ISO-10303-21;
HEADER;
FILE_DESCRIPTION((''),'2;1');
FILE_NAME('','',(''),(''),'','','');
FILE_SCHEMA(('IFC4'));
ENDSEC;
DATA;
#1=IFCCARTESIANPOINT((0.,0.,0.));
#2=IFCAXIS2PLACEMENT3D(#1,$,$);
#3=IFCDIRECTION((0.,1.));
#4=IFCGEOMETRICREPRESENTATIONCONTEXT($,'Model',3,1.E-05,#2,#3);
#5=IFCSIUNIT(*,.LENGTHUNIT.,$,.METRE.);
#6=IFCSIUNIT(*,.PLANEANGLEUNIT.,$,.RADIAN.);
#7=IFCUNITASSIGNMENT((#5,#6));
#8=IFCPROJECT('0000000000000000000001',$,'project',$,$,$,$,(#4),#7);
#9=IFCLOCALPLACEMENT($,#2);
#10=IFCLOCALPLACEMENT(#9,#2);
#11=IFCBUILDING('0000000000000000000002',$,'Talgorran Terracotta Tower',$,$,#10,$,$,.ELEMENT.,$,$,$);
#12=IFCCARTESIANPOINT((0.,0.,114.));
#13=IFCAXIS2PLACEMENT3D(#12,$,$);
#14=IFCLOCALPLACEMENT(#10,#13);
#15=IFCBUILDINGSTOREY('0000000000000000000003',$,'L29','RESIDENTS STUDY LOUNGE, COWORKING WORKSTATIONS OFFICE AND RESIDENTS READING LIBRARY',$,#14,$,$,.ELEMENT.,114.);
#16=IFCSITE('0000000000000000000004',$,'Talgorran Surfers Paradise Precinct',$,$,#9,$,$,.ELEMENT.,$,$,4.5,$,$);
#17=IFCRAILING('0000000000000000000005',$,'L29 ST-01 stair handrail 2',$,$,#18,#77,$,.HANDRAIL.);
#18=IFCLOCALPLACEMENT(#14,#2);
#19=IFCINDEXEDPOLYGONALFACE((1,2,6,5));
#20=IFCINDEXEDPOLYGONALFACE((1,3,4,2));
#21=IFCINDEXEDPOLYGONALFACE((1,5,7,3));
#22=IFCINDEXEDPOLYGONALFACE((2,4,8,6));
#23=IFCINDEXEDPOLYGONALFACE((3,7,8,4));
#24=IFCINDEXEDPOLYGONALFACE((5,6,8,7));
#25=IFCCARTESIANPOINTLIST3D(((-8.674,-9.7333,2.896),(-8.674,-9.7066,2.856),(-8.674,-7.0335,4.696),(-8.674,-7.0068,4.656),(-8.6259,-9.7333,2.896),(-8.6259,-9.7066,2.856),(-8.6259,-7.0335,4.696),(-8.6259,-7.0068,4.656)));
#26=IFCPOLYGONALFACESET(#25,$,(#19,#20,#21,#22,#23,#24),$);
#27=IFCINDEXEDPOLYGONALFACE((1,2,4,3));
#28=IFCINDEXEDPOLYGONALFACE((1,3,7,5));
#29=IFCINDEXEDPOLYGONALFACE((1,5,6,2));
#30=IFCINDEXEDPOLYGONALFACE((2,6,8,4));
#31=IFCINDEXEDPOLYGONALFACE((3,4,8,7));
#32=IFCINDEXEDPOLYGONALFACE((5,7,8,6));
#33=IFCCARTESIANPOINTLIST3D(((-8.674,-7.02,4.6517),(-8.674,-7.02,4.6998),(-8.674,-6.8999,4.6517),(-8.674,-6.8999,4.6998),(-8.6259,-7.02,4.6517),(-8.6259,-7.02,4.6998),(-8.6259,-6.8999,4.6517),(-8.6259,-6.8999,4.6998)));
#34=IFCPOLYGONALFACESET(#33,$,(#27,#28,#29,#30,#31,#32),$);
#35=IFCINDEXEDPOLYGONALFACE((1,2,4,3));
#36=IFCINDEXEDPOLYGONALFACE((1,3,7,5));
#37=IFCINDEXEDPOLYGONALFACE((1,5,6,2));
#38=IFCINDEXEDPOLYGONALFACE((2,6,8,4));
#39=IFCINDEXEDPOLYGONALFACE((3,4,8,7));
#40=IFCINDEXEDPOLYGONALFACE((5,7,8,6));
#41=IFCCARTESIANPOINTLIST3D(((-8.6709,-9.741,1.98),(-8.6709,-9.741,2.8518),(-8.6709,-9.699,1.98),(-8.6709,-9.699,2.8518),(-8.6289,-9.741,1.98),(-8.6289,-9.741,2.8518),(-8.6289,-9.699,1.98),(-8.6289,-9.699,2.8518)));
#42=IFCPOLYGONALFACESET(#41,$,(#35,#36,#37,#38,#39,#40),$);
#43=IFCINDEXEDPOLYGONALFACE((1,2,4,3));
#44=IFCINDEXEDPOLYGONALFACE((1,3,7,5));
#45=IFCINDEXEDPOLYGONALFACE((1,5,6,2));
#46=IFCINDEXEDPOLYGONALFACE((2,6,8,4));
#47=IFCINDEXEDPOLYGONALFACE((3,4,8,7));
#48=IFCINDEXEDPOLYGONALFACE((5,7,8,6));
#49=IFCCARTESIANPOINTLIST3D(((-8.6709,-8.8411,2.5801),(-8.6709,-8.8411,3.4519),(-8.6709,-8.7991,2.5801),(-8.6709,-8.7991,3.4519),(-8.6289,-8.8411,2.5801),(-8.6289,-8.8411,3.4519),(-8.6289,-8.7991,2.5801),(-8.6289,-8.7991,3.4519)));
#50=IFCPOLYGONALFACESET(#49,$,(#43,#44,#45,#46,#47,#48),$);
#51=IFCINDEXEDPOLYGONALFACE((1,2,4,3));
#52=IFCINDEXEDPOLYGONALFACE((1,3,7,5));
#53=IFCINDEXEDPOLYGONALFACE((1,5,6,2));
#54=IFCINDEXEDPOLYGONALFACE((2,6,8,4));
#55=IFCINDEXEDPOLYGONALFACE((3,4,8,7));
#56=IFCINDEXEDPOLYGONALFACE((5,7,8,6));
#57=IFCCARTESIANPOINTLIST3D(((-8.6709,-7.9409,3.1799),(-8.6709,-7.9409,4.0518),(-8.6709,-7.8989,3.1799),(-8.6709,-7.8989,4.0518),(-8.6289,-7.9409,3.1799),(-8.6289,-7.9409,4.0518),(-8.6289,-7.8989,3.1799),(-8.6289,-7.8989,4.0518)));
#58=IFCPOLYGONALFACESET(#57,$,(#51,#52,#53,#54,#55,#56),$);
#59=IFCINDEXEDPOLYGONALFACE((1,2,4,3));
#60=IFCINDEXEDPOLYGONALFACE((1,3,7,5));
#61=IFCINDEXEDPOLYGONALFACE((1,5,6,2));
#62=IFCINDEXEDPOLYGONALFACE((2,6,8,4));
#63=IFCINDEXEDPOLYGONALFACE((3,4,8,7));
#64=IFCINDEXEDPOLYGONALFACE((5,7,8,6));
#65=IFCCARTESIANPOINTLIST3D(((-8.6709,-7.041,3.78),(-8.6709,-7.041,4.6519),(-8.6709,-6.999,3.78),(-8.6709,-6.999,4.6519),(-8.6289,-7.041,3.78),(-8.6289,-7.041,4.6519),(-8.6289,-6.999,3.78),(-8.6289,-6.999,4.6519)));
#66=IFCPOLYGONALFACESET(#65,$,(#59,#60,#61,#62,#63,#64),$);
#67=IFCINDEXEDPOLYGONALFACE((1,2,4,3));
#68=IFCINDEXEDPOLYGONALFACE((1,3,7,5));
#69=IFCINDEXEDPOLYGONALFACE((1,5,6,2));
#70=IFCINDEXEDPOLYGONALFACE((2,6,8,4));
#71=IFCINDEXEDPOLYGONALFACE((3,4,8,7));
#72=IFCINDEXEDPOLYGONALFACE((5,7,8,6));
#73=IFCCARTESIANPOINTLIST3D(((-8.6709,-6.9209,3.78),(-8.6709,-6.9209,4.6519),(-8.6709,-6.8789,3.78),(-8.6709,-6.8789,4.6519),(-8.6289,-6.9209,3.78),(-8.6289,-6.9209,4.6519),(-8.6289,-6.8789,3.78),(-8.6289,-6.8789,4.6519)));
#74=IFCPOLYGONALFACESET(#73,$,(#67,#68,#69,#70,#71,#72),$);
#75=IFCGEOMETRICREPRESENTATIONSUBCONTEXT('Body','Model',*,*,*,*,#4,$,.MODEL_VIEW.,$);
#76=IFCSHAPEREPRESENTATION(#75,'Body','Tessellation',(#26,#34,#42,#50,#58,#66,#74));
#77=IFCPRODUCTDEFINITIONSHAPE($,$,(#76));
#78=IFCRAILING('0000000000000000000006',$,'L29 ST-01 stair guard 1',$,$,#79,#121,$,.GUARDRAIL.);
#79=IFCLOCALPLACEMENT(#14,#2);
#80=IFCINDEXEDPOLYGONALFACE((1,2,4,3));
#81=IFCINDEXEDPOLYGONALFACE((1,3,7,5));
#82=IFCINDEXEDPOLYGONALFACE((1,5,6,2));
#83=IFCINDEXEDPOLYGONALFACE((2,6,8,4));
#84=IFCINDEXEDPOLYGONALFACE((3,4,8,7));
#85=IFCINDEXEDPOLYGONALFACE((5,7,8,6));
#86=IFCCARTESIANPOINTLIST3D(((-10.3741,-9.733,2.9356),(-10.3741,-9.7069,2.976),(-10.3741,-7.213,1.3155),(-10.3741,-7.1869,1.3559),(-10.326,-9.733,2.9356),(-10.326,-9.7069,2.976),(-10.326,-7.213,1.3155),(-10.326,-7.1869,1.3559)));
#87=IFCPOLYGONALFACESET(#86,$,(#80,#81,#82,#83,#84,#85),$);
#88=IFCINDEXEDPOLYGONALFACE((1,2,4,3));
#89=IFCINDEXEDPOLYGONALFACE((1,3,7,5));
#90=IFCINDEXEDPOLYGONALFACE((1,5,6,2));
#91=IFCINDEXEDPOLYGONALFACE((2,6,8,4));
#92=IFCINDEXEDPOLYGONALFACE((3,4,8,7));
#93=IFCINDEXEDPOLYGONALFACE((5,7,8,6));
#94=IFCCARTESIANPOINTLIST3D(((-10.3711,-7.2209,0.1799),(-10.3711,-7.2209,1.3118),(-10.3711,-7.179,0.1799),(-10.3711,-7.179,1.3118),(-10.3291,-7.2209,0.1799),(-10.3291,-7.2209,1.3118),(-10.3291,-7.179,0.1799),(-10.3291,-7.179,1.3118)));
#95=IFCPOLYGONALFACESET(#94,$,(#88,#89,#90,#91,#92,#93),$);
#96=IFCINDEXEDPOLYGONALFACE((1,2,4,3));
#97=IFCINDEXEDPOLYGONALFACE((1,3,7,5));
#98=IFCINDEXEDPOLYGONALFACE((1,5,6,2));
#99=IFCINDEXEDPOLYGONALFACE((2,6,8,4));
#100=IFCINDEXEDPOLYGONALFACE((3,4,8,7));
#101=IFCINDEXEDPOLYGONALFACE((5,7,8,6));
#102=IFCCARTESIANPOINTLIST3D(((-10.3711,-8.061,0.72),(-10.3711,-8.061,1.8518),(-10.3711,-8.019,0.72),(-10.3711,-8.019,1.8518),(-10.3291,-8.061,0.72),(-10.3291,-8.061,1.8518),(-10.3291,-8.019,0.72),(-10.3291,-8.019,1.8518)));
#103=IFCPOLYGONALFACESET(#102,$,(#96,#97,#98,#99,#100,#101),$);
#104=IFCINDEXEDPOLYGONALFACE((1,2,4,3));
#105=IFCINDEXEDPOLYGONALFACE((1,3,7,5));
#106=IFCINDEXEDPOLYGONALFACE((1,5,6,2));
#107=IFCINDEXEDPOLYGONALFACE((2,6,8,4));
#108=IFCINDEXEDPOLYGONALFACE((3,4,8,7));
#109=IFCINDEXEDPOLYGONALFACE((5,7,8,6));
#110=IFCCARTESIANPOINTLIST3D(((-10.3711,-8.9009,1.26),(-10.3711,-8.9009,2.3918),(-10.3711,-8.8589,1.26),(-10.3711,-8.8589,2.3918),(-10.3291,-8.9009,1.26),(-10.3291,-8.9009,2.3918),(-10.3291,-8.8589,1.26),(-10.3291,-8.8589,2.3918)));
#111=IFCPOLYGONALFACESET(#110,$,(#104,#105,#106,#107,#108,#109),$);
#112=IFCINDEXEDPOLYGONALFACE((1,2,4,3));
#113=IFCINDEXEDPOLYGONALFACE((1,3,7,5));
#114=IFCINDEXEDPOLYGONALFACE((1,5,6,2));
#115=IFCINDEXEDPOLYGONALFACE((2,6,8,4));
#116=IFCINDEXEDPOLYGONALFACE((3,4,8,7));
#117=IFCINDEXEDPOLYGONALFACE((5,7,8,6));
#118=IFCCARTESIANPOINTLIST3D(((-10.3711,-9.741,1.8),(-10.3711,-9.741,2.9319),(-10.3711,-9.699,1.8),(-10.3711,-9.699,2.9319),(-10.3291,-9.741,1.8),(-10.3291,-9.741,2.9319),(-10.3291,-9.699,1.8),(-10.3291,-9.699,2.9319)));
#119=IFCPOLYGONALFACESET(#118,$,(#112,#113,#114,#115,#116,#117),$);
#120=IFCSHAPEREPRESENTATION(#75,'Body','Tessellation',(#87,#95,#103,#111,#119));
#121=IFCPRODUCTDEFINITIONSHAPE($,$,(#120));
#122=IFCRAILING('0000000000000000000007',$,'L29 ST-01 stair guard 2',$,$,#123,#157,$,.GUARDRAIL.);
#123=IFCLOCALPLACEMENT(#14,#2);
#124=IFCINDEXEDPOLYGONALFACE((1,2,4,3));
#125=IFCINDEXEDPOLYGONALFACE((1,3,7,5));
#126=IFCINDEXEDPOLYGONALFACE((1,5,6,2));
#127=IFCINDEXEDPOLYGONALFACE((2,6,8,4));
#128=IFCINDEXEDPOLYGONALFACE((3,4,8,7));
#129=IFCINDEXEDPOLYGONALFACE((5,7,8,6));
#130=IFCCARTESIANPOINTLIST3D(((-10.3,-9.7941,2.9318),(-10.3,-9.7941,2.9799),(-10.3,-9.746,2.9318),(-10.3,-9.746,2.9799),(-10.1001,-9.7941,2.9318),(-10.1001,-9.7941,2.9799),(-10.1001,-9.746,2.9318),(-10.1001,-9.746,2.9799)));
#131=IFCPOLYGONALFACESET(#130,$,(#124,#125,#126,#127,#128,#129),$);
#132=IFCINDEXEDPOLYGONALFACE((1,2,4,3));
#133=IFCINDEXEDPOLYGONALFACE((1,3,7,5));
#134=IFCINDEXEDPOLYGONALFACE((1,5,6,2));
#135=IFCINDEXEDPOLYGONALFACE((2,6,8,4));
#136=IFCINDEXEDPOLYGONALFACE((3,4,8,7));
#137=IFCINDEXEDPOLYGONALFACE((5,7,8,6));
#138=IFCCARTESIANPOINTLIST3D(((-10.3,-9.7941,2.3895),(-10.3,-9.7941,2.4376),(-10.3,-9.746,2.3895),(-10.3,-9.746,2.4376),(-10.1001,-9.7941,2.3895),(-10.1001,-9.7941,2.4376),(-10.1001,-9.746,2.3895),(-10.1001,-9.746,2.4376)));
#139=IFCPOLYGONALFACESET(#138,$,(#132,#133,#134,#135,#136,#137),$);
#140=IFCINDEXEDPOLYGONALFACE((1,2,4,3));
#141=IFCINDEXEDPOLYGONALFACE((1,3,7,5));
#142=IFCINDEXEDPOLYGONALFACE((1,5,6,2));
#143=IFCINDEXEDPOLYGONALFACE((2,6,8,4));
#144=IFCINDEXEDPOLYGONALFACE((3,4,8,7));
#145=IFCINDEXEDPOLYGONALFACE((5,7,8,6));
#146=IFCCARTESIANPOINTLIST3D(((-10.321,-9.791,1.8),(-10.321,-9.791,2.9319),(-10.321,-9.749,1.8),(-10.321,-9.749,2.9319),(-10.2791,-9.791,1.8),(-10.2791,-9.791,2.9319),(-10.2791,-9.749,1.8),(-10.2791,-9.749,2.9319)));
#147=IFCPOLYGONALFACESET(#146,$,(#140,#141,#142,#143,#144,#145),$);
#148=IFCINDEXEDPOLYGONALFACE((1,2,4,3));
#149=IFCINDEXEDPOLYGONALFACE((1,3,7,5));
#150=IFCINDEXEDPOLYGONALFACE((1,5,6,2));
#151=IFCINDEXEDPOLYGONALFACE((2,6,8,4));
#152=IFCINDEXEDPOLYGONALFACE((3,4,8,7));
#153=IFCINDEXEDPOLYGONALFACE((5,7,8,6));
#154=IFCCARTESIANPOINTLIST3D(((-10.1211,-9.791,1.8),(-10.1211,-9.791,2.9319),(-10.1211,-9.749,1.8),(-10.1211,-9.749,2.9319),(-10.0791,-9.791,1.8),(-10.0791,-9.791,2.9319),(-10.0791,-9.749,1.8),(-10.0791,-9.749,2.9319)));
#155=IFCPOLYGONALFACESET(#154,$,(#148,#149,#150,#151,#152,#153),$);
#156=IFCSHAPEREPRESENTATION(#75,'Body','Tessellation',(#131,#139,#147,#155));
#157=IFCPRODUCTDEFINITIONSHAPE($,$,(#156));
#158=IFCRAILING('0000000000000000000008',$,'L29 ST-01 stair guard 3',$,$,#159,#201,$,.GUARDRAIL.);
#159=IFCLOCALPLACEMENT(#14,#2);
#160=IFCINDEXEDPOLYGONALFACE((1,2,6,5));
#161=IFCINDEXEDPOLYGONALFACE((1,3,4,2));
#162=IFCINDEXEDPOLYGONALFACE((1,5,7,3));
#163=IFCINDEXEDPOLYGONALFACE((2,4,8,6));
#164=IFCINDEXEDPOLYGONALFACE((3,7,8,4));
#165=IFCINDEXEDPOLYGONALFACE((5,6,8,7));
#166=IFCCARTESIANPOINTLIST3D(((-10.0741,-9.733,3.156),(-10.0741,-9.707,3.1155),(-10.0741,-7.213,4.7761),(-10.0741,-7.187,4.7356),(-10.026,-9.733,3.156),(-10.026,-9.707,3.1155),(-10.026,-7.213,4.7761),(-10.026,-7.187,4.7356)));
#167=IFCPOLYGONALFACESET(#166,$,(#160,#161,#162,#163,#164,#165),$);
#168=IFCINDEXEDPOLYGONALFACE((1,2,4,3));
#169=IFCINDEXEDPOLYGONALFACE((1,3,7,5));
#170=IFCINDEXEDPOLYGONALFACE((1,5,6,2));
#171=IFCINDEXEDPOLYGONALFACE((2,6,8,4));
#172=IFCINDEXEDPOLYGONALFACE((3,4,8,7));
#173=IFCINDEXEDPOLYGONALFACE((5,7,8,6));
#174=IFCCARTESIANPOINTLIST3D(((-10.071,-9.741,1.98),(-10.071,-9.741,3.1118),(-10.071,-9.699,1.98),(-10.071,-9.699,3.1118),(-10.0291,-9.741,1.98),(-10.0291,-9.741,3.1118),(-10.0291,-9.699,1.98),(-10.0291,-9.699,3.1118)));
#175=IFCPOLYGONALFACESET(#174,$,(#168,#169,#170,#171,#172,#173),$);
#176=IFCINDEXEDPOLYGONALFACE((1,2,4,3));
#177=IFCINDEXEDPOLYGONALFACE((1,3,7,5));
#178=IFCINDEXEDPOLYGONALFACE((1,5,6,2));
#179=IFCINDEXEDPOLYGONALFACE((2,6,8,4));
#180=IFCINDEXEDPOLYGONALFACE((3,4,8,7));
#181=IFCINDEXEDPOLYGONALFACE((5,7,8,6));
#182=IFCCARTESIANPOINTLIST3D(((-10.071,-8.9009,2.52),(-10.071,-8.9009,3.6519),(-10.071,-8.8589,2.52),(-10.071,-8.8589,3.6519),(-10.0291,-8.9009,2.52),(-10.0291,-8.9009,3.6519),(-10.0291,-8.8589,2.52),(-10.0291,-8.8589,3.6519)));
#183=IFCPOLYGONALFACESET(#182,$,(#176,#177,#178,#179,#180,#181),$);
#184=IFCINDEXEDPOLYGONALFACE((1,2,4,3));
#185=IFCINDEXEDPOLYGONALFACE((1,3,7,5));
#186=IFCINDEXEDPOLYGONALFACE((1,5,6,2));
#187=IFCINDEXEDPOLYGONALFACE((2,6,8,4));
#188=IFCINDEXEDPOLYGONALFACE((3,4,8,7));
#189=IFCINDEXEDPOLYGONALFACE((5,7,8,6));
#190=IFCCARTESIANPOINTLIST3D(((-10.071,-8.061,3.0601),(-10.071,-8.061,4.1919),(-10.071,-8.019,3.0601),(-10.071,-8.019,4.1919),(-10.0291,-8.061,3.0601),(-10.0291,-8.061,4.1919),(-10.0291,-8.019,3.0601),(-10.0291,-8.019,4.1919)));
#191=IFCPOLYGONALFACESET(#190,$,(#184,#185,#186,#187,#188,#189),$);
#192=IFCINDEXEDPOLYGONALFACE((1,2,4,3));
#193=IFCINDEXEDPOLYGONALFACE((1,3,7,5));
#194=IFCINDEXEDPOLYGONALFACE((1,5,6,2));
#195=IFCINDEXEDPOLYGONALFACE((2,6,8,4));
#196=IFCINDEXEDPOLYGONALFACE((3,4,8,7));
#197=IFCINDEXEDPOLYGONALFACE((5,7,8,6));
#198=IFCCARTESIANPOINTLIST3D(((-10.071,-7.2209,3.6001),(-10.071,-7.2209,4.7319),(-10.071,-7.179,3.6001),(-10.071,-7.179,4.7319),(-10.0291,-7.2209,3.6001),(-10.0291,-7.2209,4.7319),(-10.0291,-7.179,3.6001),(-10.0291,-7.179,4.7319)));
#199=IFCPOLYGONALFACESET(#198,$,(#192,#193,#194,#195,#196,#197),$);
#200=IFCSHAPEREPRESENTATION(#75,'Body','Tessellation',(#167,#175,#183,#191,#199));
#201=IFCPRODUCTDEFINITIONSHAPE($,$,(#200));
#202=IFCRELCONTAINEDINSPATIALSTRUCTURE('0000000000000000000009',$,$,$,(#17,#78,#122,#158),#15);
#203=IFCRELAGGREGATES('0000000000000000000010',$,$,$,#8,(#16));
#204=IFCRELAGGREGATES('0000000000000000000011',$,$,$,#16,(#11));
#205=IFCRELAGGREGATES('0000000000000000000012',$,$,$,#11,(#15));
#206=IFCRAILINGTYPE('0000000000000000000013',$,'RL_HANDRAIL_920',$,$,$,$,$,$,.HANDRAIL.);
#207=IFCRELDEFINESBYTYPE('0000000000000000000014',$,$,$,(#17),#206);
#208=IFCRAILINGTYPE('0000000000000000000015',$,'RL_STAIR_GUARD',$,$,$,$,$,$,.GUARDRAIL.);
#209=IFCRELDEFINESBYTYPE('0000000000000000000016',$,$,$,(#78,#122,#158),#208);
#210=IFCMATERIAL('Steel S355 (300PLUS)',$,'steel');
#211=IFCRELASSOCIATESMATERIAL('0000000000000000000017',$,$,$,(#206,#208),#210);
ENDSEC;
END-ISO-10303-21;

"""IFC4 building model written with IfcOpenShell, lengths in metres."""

from ifc_helpers import new_model, si_unit, direction, frame, origin, origin_2d, place, context, subcontext, project, spatial, rectangle, extrude, material, type_object, element, save


model = new_model("IFC4")

# Units and contexts
model_context = context("Model", 3, precision=1e-05, world=origin(), true_north=direction((0.0, 1.0)))
body_context = subcontext(model_context, "Body", "Model", "MODEL_VIEW")
ifc_project = project(units=[si_unit("LENGTHUNIT", "METRE"), si_unit("PLANEANGLEUNIT", "RADIAN")], contexts=[model_context])

# Site, building, storey
site_placement = place(None, origin())
site = spatial("IfcSite", under=ifc_project, at=site_placement, Name="Talgorran Surfers Paradise Precinct", CompositionType="ELEMENT", RefElevation=4.5)
building_placement = place(site_placement, origin())
building = spatial("IfcBuilding", under=site, at=building_placement, Name="Talgorran Terracotta Tower", CompositionType="ELEMENT")
storey_placement = place(building_placement, frame((0.0, 0.0, 114.0)))
storey = spatial("IfcBuildingStorey", under=building, at=storey_placement, Name="L29", Description="RESIDENTS STUDY LOUNGE, COWORKING WORKSTATIONS OFFICE AND RESIDENTS READING LIBRARY", CompositionType="ELEMENT", Elevation=114.0)

# Railings
ifc_material_1 = material(Name="Steel S355 (300PLUS)", Category="steel")
railing_type_1 = type_object("IfcRailingType", Name="RL_HANDRAIL_920", PredefinedType="HANDRAIL", material=ifc_material_1)
railing_1_placement = place(storey_placement, frame((-8.6499, -9.72, 1.98)))
element("IfcRailing", 1, at=railing_1_placement, inside=storey, type_object=railing_type_1, Name="L29 ST-01 stair handrail 2", PredefinedType="HANDRAIL", context=body_context, shape_type="SweptSolid", body=[
    extrude(rectangle(XDim=0.0481, YDim=0.0481, at=origin_2d()), frame((0.0, 0.0, 0.896), z_axis=(0.0, 0.832039, 0.554718), x_axis=(-1.0, 0.0, 0.0)), (0.0, 0.0, 1.0), 3.2449),
    extrude(rectangle(XDim=0.0481, YDim=0.0481, at=origin_2d()), frame((0.0, 2.7, 2.6958), z_axis=(0.0, 1.0, 0.0), x_axis=(-1.0, 0.0, 0.0)), (0.0, 0.0, 1.0), 0.1201),
    extrude(rectangle(XDim=0.042, YDim=0.042, at=origin_2d()), origin(), (0.0, 0.0, 1.0), 0.8718),
    extrude(rectangle(XDim=0.042, YDim=0.042, at=origin_2d()), frame((0.0, 0.8999, 0.6001)), (0.0, 0.0, 1.0), 0.8718),
    extrude(rectangle(XDim=0.042, YDim=0.042, at=origin_2d()), frame((0.0, 1.8, 1.2)), (0.0, 0.0, 1.0), 0.8718),
    extrude(rectangle(XDim=0.042, YDim=0.042, at=origin_2d()), frame((0.0, 2.7, 1.8)), (0.0, 0.0, 1.0), 0.8718),
    extrude(rectangle(XDim=0.042, YDim=0.042, at=origin_2d()), frame((0.0, 2.8201, 1.8)), (0.0, 0.0, 1.0), 0.8718),
])
railing_type_2 = type_object("IfcRailingType", Name="RL_STAIR_GUARD", PredefinedType="GUARDRAIL", material=ifc_material_1)
railing_2_placement = place(storey_placement, frame((-10.3501, -7.2, 0.1799)))
element("IfcRailing", 2, at=railing_2_placement, inside=storey, type_object=railing_type_2, Name="L29 ST-01 stair guard 1", PredefinedType="GUARDRAIL", context=body_context, shape_type="SweptSolid", body=[
    extrude(rectangle(XDim=0.0481, YDim=0.0481, at=origin_2d()), frame((0.0, 0.0, 1.1558), z_axis=(0.0, -0.841163, 0.540782), x_axis=(1.0, 0.0, 0.0)), (0.0, 0.0, 1.0), 2.9958),
    extrude(rectangle(XDim=0.042, YDim=0.042, at=origin_2d()), origin(), (0.0, 0.0, 1.0), 1.1318),
    extrude(rectangle(XDim=0.042, YDim=0.042, at=origin_2d()), frame((0.0, -0.8401, 0.54)), (0.0, 0.0, 1.0), 1.1318),
    extrude(rectangle(XDim=0.042, YDim=0.042, at=origin_2d()), frame((0.0, -1.6799, 1.0801)), (0.0, 0.0, 1.0), 1.1318),
    extrude(rectangle(XDim=0.042, YDim=0.042, at=origin_2d()), frame((0.0, -2.52, 1.6201)), (0.0, 0.0, 1.0), 1.1318),
])
railing_3_placement = place(storey_placement, frame((-10.3, -9.77, 1.8)))
element("IfcRailing", 3, at=railing_3_placement, inside=storey, type_object=railing_type_2, Name="L29 ST-01 stair guard 2", PredefinedType="GUARDRAIL", context=body_context, shape_type="SweptSolid", body=[
    extrude(rectangle(XDim=0.0481, YDim=0.0481, at=origin_2d()), frame((0.0, 0.0, 1.1558), z_axis=(1.0, 0.0, 0.0), x_axis=(0.0, 1.0, 0.0)), (0.0, 0.0, 1.0), 0.2),
    extrude(rectangle(XDim=0.0481, YDim=0.0481, at=origin_2d()), frame((0.0, 0.0, 0.6135), z_axis=(1.0, 0.0, 0.0), x_axis=(0.0, 1.0, 0.0)), (0.0, 0.0, 1.0), 0.2),
    extrude(rectangle(XDim=0.042, YDim=0.042, at=origin_2d()), origin(), (0.0, 0.0, 1.0), 1.1318),
    extrude(rectangle(XDim=0.042, YDim=0.042, at=origin_2d()), frame((0.2, 0.0, 0.0)), (0.0, 0.0, 1.0), 1.1318),
])
railing_4_placement = place(storey_placement, frame((-10.05, -9.72, 1.98)))
element("IfcRailing", 4, at=railing_4_placement, inside=storey, type_object=railing_type_2, Name="L29 ST-01 stair guard 3", PredefinedType="GUARDRAIL", context=body_context, shape_type="SweptSolid", body=[
    extrude(rectangle(XDim=0.0481, YDim=0.0481, at=origin_2d()), frame((0.0, 0.0, 1.1558), z_axis=(0.0, 0.841163, 0.540782), x_axis=(-1.0, 0.0, 0.0)), (0.0, 0.0, 1.0), 2.9958),
    extrude(rectangle(XDim=0.042, YDim=0.042, at=origin_2d()), origin(), (0.0, 0.0, 1.0), 1.1318),
    extrude(rectangle(XDim=0.042, YDim=0.042, at=origin_2d()), frame((0.0, 0.8401, 0.54)), (0.0, 0.0, 1.0), 1.1318),
    extrude(rectangle(XDim=0.042, YDim=0.042, at=origin_2d()), frame((0.0, 1.6799, 1.0801)), (0.0, 0.0, 1.0), 1.1318),
    extrude(rectangle(XDim=0.042, YDim=0.042, at=origin_2d()), frame((0.0, 2.52, 1.6201)), (0.0, 0.0, 1.0), 1.1318),
])

save(model, "model.ifc")
